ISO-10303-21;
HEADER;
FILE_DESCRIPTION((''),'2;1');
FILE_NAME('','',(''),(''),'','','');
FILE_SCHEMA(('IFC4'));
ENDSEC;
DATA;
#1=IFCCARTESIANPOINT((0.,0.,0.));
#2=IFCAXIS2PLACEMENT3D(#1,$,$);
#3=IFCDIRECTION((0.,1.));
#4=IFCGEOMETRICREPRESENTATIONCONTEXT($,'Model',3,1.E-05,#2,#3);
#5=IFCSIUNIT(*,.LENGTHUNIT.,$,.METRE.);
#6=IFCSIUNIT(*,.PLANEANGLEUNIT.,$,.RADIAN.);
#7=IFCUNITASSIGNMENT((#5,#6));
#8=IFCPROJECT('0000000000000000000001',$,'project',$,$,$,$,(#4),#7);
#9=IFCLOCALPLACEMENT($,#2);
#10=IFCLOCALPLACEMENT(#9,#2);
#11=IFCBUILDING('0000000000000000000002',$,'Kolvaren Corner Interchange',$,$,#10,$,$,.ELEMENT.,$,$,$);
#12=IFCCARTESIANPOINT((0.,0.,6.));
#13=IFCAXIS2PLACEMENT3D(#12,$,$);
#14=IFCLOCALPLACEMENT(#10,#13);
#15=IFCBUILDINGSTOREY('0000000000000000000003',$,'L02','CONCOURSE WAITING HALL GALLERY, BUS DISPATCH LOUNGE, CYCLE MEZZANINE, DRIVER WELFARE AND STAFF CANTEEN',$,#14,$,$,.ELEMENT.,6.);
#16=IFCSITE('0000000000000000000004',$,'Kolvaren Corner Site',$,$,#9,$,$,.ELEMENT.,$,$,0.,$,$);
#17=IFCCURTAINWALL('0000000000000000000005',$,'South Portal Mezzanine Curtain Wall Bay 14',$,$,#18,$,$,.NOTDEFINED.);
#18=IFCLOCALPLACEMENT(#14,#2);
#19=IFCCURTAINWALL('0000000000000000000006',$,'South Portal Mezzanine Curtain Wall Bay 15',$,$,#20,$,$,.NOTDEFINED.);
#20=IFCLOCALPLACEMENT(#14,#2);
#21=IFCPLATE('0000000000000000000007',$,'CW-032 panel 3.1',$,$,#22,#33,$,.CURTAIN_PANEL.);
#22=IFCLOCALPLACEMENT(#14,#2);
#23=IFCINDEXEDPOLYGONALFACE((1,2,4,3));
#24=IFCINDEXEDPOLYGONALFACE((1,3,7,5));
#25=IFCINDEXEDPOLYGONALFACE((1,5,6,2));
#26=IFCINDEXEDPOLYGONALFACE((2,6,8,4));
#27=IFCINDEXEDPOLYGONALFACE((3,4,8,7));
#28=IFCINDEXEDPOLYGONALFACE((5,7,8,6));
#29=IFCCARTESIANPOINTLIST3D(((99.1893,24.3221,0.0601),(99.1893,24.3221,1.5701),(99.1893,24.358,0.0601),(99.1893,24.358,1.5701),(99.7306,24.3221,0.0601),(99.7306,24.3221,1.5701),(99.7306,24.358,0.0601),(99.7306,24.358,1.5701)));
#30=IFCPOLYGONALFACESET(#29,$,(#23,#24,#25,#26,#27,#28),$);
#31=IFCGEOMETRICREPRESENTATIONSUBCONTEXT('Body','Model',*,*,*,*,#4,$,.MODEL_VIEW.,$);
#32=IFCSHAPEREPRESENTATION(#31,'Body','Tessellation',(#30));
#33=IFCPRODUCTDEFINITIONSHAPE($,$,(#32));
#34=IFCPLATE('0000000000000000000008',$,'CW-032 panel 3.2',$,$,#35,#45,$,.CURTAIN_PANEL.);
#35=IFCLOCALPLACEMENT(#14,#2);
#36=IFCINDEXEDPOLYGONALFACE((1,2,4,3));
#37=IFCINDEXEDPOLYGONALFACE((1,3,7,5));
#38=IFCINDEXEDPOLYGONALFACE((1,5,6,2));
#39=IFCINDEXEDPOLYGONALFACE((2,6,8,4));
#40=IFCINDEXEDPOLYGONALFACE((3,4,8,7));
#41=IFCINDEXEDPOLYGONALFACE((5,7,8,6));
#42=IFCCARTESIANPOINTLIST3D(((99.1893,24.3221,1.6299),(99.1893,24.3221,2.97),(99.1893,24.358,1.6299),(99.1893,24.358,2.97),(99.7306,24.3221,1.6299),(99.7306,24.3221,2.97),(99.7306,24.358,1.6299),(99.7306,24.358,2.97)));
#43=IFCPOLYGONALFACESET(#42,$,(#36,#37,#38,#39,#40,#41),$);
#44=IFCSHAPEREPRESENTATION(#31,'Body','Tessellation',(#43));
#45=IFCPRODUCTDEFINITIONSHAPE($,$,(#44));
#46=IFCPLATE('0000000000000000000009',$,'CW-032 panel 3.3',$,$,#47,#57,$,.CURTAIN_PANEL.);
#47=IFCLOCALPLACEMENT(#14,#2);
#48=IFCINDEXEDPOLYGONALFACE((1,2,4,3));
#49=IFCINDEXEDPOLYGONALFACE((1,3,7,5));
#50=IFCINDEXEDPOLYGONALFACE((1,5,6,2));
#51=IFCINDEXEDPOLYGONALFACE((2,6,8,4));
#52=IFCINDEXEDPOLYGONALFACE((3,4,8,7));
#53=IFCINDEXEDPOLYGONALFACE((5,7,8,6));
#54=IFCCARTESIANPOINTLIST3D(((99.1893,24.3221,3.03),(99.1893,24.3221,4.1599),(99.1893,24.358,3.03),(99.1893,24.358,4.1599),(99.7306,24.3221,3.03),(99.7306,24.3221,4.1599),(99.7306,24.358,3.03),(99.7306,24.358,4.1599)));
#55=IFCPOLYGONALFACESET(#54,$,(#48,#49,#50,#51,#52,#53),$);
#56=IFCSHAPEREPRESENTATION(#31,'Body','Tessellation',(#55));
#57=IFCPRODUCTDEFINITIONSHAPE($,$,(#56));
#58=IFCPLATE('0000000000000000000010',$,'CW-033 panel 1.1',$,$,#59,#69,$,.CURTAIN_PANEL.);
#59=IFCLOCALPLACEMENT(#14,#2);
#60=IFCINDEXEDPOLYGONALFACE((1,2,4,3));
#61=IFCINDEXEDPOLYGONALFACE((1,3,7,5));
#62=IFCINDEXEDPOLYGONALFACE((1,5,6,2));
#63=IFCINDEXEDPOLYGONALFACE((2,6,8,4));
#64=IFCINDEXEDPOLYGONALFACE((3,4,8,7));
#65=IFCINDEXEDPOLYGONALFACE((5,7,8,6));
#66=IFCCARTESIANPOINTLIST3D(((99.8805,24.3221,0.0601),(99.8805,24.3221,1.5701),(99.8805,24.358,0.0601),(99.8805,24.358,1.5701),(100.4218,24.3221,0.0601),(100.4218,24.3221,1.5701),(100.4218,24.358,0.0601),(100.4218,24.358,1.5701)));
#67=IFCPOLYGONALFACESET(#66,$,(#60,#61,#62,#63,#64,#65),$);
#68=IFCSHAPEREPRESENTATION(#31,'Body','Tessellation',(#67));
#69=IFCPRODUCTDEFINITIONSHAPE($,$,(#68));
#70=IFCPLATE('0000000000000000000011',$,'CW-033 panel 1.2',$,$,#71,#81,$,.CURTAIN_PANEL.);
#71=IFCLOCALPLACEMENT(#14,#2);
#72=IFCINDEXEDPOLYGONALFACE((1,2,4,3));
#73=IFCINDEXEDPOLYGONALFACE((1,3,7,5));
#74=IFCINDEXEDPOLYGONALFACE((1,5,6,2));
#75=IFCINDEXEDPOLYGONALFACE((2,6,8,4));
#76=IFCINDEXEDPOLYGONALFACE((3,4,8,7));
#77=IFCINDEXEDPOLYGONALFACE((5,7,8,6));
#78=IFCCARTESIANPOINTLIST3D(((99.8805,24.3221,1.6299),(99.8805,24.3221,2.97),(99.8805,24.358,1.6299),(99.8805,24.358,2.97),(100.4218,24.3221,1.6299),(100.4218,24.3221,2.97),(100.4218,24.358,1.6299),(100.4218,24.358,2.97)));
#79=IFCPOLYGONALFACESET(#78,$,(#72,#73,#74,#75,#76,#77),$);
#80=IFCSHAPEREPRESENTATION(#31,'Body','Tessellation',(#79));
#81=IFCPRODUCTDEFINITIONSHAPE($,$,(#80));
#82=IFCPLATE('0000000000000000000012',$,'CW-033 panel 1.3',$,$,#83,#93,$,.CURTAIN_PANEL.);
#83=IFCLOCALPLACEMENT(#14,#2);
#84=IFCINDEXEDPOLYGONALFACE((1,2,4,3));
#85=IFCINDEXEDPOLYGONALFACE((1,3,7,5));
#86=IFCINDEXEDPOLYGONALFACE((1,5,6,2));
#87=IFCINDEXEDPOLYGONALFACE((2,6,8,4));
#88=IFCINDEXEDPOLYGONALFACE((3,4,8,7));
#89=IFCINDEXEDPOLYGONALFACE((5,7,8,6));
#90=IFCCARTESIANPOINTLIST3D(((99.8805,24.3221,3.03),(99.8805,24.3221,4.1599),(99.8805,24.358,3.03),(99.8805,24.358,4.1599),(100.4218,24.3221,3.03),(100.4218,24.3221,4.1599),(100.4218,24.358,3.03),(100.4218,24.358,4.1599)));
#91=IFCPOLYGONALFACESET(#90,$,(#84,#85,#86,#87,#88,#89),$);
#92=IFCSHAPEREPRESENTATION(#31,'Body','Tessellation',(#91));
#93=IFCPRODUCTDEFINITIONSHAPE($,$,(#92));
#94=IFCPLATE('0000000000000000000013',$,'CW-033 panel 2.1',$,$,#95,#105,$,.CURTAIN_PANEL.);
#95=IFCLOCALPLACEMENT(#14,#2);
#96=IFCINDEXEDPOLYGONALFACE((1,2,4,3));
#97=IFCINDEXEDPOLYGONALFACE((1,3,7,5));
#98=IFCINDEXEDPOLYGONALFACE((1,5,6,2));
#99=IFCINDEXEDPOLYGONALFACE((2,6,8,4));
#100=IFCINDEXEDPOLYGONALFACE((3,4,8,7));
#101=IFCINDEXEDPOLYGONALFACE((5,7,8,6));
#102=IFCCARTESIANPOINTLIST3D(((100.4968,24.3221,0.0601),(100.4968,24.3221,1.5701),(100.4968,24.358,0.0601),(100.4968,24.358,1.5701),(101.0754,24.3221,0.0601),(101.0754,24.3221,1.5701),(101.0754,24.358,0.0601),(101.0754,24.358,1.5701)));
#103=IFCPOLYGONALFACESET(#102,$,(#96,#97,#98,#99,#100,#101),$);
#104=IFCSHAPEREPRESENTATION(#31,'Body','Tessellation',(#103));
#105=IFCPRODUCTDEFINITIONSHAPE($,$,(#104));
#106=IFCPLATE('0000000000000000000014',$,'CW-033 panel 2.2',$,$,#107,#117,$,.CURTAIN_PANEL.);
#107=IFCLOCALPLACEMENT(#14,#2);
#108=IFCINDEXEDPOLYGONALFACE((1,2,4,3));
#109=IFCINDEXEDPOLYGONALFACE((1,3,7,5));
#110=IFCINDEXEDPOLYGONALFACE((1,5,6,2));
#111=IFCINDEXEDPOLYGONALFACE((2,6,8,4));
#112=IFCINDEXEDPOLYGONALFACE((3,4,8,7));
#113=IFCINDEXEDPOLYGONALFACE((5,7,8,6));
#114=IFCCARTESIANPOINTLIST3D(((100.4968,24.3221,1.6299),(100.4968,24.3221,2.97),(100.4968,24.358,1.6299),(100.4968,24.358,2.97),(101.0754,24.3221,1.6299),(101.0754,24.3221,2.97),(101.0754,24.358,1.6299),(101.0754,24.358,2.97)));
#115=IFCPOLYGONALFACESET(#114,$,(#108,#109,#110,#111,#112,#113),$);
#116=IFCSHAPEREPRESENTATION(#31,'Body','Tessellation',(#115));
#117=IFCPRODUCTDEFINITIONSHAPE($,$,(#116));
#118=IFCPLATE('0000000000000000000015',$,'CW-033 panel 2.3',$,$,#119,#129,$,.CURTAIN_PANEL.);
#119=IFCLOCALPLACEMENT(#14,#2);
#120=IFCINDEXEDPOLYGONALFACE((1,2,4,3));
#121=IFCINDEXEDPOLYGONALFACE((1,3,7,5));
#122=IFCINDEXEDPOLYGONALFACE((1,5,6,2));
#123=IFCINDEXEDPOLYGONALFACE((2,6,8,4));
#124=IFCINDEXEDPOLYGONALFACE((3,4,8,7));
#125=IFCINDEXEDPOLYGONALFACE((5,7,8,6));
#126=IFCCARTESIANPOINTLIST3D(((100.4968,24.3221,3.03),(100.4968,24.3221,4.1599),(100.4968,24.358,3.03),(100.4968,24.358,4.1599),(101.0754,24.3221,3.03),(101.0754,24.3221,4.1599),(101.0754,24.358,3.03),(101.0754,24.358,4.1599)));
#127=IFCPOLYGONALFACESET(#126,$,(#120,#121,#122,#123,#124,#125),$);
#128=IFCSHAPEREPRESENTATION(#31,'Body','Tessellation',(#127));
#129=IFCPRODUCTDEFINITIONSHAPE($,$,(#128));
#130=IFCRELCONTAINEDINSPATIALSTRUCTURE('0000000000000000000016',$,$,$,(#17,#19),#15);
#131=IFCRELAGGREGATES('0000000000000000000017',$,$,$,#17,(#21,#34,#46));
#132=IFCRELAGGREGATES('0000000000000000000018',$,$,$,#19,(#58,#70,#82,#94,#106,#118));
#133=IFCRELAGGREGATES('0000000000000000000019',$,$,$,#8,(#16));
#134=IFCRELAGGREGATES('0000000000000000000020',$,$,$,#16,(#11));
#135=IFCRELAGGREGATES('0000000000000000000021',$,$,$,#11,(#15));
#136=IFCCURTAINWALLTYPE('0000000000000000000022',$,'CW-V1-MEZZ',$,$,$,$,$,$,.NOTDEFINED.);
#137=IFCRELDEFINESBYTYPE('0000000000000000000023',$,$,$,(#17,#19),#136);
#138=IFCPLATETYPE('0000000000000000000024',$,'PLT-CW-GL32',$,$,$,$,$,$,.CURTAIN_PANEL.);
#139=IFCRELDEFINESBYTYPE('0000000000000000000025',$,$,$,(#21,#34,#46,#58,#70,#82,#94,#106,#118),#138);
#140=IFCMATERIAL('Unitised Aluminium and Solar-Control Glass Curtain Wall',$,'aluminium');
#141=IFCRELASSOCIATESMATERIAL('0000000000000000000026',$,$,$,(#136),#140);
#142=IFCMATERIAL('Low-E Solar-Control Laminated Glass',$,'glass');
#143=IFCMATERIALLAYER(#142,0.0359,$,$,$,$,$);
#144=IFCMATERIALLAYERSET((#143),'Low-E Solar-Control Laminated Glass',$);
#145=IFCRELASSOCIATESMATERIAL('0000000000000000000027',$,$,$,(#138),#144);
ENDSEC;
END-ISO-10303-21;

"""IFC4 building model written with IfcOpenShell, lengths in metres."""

from ifc_helpers import new_model, si_unit, direction, frame, origin, origin_2d, place, context, subcontext, project, spatial, rectangle, extrude, material, layer, layer_set, type_object, element, aggregate, save


model = new_model("IFC4")

# Units and contexts
model_context = context("Model", 3, precision=1e-05, world=origin(), true_north=direction((0.0, 1.0)))
body_context = subcontext(model_context, "Body", "Model", "MODEL_VIEW")
ifc_project = project(units=[si_unit("LENGTHUNIT", "METRE"), si_unit("PLANEANGLEUNIT", "RADIAN")], contexts=[model_context])

# Site, building, storey
site_placement = place(None, origin())
site = spatial("IfcSite", under=ifc_project, at=site_placement, Name="Kolvaren Corner Site", CompositionType="ELEMENT", RefElevation=0.0)
building_placement = place(site_placement, origin())
building = spatial("IfcBuilding", under=site, at=building_placement, Name="Kolvaren Corner Interchange", CompositionType="ELEMENT")
storey_placement = place(building_placement, frame((0.0, 0.0, 6.0)))
storey = spatial("IfcBuildingStorey", under=building, at=storey_placement, Name="L02", Description="CONCOURSE WAITING HALL GALLERY, BUS DISPATCH LOUNGE, CYCLE MEZZANINE, DRIVER WELFARE AND STAFF CANTEEN", CompositionType="ELEMENT", Elevation=6.0)

# Curtain wall
ifc_material_1 = material(Name="Unitised Aluminium and Solar-Control Glass Curtain Wall", Category="aluminium")
curtain_wall_type = type_object("IfcCurtainWallType", Name="CW-V1-MEZZ", PredefinedType="NOTDEFINED", material=ifc_material_1)
curtain_wall_1_placement = place(storey_placement, origin())
curtain_wall_1 = element("IfcCurtainWall", 1, at=curtain_wall_1_placement, inside=storey, type_object=curtain_wall_type, Name="South Portal Mezzanine Curtain Wall Bay 14", PredefinedType="NOTDEFINED")

# Curtain wall
curtain_wall_2_placement = place(storey_placement, origin())
curtain_wall_2 = element("IfcCurtainWall", 2, at=curtain_wall_2_placement, inside=storey, type_object=curtain_wall_type, Name="South Portal Mezzanine Curtain Wall Bay 15", PredefinedType="NOTDEFINED")

# Plates
ifc_material_2 = material(Name="Low-E Solar-Control Laminated Glass", Category="glass")
ifc_layer = layer(ifc_material_2, 0.0359)
ifc_layer_set = layer_set([ifc_layer], Name="Low-E Solar-Control Laminated Glass")
plate_type = type_object("IfcPlateType", Name="PLT-CW-GL32", PredefinedType="CURTAIN_PANEL", material=ifc_layer_set)
plate_1_placement = place(storey_placement, frame((99.46, 24.3401, 0.0601), z_axis=(0.0, 0.0, 1.0), x_axis=(1.0, 0.0, 0.0)))
plate_1 = element("IfcPlate", 3, at=plate_1_placement, type_object=plate_type, Name="CW-032 panel 3.1", PredefinedType="CURTAIN_PANEL", context=body_context, shape_type="SweptSolid", body=[
    extrude(rectangle(XDim=0.5413, YDim=0.0359, at=origin_2d()), origin(), (0.0, 0.0, 1.0), 1.51),
])
plate_2_placement = place(storey_placement, frame((99.46, 24.3401, 1.6299), z_axis=(0.0, 0.0, 1.0), x_axis=(1.0, 0.0, 0.0)))
plate_2 = element("IfcPlate", 4, at=plate_2_placement, type_object=plate_type, Name="CW-032 panel 3.2", PredefinedType="CURTAIN_PANEL", context=body_context, shape_type="SweptSolid", body=[
    extrude(rectangle(XDim=0.5413, YDim=0.0359, at=origin_2d()), origin(), (0.0, 0.0, 1.0), 1.3401),
])
plate_3_placement = place(storey_placement, frame((99.46, 24.3401, 3.03), z_axis=(0.0, 0.0, 1.0), x_axis=(1.0, 0.0, 0.0)))
plate_3 = element("IfcPlate", 5, at=plate_3_placement, type_object=plate_type, Name="CW-032 panel 3.3", PredefinedType="CURTAIN_PANEL", context=body_context, shape_type="SweptSolid", body=[
    extrude(rectangle(XDim=0.5413, YDim=0.0359, at=origin_2d()), origin(), (0.0, 0.0, 1.0), 1.1299),
])
aggregate(curtain_wall_1, [plate_1, plate_2, plate_3])
plate_4_placement = place(storey_placement, frame((100.1511, 24.3401, 0.0601), z_axis=(0.0, 0.0, 1.0), x_axis=(1.0, 0.0, 0.0)))
plate_4 = element("IfcPlate", 6, at=plate_4_placement, type_object=plate_type, Name="CW-033 panel 1.1", PredefinedType="CURTAIN_PANEL", context=body_context, shape_type="SweptSolid", body=[
    extrude(rectangle(XDim=0.5413, YDim=0.0359, at=origin_2d()), origin(), (0.0, 0.0, 1.0), 1.51),
])
plate_5_placement = place(storey_placement, frame((100.1511, 24.3401, 1.6299), z_axis=(0.0, 0.0, 1.0), x_axis=(1.0, 0.0, 0.0)))
plate_5 = element("IfcPlate", 7, at=plate_5_placement, type_object=plate_type, Name="CW-033 panel 1.2", PredefinedType="CURTAIN_PANEL", context=body_context, shape_type="SweptSolid", body=[
    extrude(rectangle(XDim=0.5413, YDim=0.0359, at=origin_2d()), origin(), (0.0, 0.0, 1.0), 1.3401),
])
plate_6_placement = place(storey_placement, frame((100.1511, 24.3401, 3.03), z_axis=(0.0, 0.0, 1.0), x_axis=(1.0, 0.0, 0.0)))
plate_6 = element("IfcPlate", 8, at=plate_6_placement, type_object=plate_type, Name="CW-033 panel 1.3", PredefinedType="CURTAIN_PANEL", context=body_context, shape_type="SweptSolid", body=[
    extrude(rectangle(XDim=0.5413, YDim=0.0359, at=origin_2d()), origin(), (0.0, 0.0, 1.0), 1.1299),
])
plate_7_placement = place(storey_placement, frame((100.7861, 24.3401, 0.0601), z_axis=(0.0, 0.0, 1.0), x_axis=(1.0, 0.0, 0.0)))
plate_7 = element("IfcPlate", 9, at=plate_7_placement, type_object=plate_type, Name="CW-033 panel 2.1", PredefinedType="CURTAIN_PANEL", context=body_context, shape_type="SweptSolid", body=[
    extrude(rectangle(XDim=0.5786, YDim=0.0359, at=origin_2d()), origin(), (0.0, 0.0, 1.0), 1.51),
])
plate_8_placement = place(storey_placement, frame((100.7861, 24.3401, 1.6299), z_axis=(0.0, 0.0, 1.0), x_axis=(1.0, 0.0, 0.0)))
plate_8 = element("IfcPlate", 10, at=plate_8_placement, type_object=plate_type, Name="CW-033 panel 2.2", PredefinedType="CURTAIN_PANEL", context=body_context, shape_type="SweptSolid", body=[
    extrude(rectangle(XDim=0.5786, YDim=0.0359, at=origin_2d()), origin(), (0.0, 0.0, 1.0), 1.3401),
])
plate_9_placement = place(storey_placement, frame((100.7861, 24.3401, 3.03), z_axis=(0.0, 0.0, 1.0), x_axis=(1.0, 0.0, 0.0)))
plate_9 = element("IfcPlate", 11, at=plate_9_placement, type_object=plate_type, Name="CW-033 panel 2.3", PredefinedType="CURTAIN_PANEL", context=body_context, shape_type="SweptSolid", body=[
    extrude(rectangle(XDim=0.5786, YDim=0.0359, at=origin_2d()), origin(), (0.0, 0.0, 1.0), 1.1299),
])
aggregate(curtain_wall_2, [plate_4, plate_5, plate_6, plate_7, plate_8, plate_9])

save(model, "model.ifc")
